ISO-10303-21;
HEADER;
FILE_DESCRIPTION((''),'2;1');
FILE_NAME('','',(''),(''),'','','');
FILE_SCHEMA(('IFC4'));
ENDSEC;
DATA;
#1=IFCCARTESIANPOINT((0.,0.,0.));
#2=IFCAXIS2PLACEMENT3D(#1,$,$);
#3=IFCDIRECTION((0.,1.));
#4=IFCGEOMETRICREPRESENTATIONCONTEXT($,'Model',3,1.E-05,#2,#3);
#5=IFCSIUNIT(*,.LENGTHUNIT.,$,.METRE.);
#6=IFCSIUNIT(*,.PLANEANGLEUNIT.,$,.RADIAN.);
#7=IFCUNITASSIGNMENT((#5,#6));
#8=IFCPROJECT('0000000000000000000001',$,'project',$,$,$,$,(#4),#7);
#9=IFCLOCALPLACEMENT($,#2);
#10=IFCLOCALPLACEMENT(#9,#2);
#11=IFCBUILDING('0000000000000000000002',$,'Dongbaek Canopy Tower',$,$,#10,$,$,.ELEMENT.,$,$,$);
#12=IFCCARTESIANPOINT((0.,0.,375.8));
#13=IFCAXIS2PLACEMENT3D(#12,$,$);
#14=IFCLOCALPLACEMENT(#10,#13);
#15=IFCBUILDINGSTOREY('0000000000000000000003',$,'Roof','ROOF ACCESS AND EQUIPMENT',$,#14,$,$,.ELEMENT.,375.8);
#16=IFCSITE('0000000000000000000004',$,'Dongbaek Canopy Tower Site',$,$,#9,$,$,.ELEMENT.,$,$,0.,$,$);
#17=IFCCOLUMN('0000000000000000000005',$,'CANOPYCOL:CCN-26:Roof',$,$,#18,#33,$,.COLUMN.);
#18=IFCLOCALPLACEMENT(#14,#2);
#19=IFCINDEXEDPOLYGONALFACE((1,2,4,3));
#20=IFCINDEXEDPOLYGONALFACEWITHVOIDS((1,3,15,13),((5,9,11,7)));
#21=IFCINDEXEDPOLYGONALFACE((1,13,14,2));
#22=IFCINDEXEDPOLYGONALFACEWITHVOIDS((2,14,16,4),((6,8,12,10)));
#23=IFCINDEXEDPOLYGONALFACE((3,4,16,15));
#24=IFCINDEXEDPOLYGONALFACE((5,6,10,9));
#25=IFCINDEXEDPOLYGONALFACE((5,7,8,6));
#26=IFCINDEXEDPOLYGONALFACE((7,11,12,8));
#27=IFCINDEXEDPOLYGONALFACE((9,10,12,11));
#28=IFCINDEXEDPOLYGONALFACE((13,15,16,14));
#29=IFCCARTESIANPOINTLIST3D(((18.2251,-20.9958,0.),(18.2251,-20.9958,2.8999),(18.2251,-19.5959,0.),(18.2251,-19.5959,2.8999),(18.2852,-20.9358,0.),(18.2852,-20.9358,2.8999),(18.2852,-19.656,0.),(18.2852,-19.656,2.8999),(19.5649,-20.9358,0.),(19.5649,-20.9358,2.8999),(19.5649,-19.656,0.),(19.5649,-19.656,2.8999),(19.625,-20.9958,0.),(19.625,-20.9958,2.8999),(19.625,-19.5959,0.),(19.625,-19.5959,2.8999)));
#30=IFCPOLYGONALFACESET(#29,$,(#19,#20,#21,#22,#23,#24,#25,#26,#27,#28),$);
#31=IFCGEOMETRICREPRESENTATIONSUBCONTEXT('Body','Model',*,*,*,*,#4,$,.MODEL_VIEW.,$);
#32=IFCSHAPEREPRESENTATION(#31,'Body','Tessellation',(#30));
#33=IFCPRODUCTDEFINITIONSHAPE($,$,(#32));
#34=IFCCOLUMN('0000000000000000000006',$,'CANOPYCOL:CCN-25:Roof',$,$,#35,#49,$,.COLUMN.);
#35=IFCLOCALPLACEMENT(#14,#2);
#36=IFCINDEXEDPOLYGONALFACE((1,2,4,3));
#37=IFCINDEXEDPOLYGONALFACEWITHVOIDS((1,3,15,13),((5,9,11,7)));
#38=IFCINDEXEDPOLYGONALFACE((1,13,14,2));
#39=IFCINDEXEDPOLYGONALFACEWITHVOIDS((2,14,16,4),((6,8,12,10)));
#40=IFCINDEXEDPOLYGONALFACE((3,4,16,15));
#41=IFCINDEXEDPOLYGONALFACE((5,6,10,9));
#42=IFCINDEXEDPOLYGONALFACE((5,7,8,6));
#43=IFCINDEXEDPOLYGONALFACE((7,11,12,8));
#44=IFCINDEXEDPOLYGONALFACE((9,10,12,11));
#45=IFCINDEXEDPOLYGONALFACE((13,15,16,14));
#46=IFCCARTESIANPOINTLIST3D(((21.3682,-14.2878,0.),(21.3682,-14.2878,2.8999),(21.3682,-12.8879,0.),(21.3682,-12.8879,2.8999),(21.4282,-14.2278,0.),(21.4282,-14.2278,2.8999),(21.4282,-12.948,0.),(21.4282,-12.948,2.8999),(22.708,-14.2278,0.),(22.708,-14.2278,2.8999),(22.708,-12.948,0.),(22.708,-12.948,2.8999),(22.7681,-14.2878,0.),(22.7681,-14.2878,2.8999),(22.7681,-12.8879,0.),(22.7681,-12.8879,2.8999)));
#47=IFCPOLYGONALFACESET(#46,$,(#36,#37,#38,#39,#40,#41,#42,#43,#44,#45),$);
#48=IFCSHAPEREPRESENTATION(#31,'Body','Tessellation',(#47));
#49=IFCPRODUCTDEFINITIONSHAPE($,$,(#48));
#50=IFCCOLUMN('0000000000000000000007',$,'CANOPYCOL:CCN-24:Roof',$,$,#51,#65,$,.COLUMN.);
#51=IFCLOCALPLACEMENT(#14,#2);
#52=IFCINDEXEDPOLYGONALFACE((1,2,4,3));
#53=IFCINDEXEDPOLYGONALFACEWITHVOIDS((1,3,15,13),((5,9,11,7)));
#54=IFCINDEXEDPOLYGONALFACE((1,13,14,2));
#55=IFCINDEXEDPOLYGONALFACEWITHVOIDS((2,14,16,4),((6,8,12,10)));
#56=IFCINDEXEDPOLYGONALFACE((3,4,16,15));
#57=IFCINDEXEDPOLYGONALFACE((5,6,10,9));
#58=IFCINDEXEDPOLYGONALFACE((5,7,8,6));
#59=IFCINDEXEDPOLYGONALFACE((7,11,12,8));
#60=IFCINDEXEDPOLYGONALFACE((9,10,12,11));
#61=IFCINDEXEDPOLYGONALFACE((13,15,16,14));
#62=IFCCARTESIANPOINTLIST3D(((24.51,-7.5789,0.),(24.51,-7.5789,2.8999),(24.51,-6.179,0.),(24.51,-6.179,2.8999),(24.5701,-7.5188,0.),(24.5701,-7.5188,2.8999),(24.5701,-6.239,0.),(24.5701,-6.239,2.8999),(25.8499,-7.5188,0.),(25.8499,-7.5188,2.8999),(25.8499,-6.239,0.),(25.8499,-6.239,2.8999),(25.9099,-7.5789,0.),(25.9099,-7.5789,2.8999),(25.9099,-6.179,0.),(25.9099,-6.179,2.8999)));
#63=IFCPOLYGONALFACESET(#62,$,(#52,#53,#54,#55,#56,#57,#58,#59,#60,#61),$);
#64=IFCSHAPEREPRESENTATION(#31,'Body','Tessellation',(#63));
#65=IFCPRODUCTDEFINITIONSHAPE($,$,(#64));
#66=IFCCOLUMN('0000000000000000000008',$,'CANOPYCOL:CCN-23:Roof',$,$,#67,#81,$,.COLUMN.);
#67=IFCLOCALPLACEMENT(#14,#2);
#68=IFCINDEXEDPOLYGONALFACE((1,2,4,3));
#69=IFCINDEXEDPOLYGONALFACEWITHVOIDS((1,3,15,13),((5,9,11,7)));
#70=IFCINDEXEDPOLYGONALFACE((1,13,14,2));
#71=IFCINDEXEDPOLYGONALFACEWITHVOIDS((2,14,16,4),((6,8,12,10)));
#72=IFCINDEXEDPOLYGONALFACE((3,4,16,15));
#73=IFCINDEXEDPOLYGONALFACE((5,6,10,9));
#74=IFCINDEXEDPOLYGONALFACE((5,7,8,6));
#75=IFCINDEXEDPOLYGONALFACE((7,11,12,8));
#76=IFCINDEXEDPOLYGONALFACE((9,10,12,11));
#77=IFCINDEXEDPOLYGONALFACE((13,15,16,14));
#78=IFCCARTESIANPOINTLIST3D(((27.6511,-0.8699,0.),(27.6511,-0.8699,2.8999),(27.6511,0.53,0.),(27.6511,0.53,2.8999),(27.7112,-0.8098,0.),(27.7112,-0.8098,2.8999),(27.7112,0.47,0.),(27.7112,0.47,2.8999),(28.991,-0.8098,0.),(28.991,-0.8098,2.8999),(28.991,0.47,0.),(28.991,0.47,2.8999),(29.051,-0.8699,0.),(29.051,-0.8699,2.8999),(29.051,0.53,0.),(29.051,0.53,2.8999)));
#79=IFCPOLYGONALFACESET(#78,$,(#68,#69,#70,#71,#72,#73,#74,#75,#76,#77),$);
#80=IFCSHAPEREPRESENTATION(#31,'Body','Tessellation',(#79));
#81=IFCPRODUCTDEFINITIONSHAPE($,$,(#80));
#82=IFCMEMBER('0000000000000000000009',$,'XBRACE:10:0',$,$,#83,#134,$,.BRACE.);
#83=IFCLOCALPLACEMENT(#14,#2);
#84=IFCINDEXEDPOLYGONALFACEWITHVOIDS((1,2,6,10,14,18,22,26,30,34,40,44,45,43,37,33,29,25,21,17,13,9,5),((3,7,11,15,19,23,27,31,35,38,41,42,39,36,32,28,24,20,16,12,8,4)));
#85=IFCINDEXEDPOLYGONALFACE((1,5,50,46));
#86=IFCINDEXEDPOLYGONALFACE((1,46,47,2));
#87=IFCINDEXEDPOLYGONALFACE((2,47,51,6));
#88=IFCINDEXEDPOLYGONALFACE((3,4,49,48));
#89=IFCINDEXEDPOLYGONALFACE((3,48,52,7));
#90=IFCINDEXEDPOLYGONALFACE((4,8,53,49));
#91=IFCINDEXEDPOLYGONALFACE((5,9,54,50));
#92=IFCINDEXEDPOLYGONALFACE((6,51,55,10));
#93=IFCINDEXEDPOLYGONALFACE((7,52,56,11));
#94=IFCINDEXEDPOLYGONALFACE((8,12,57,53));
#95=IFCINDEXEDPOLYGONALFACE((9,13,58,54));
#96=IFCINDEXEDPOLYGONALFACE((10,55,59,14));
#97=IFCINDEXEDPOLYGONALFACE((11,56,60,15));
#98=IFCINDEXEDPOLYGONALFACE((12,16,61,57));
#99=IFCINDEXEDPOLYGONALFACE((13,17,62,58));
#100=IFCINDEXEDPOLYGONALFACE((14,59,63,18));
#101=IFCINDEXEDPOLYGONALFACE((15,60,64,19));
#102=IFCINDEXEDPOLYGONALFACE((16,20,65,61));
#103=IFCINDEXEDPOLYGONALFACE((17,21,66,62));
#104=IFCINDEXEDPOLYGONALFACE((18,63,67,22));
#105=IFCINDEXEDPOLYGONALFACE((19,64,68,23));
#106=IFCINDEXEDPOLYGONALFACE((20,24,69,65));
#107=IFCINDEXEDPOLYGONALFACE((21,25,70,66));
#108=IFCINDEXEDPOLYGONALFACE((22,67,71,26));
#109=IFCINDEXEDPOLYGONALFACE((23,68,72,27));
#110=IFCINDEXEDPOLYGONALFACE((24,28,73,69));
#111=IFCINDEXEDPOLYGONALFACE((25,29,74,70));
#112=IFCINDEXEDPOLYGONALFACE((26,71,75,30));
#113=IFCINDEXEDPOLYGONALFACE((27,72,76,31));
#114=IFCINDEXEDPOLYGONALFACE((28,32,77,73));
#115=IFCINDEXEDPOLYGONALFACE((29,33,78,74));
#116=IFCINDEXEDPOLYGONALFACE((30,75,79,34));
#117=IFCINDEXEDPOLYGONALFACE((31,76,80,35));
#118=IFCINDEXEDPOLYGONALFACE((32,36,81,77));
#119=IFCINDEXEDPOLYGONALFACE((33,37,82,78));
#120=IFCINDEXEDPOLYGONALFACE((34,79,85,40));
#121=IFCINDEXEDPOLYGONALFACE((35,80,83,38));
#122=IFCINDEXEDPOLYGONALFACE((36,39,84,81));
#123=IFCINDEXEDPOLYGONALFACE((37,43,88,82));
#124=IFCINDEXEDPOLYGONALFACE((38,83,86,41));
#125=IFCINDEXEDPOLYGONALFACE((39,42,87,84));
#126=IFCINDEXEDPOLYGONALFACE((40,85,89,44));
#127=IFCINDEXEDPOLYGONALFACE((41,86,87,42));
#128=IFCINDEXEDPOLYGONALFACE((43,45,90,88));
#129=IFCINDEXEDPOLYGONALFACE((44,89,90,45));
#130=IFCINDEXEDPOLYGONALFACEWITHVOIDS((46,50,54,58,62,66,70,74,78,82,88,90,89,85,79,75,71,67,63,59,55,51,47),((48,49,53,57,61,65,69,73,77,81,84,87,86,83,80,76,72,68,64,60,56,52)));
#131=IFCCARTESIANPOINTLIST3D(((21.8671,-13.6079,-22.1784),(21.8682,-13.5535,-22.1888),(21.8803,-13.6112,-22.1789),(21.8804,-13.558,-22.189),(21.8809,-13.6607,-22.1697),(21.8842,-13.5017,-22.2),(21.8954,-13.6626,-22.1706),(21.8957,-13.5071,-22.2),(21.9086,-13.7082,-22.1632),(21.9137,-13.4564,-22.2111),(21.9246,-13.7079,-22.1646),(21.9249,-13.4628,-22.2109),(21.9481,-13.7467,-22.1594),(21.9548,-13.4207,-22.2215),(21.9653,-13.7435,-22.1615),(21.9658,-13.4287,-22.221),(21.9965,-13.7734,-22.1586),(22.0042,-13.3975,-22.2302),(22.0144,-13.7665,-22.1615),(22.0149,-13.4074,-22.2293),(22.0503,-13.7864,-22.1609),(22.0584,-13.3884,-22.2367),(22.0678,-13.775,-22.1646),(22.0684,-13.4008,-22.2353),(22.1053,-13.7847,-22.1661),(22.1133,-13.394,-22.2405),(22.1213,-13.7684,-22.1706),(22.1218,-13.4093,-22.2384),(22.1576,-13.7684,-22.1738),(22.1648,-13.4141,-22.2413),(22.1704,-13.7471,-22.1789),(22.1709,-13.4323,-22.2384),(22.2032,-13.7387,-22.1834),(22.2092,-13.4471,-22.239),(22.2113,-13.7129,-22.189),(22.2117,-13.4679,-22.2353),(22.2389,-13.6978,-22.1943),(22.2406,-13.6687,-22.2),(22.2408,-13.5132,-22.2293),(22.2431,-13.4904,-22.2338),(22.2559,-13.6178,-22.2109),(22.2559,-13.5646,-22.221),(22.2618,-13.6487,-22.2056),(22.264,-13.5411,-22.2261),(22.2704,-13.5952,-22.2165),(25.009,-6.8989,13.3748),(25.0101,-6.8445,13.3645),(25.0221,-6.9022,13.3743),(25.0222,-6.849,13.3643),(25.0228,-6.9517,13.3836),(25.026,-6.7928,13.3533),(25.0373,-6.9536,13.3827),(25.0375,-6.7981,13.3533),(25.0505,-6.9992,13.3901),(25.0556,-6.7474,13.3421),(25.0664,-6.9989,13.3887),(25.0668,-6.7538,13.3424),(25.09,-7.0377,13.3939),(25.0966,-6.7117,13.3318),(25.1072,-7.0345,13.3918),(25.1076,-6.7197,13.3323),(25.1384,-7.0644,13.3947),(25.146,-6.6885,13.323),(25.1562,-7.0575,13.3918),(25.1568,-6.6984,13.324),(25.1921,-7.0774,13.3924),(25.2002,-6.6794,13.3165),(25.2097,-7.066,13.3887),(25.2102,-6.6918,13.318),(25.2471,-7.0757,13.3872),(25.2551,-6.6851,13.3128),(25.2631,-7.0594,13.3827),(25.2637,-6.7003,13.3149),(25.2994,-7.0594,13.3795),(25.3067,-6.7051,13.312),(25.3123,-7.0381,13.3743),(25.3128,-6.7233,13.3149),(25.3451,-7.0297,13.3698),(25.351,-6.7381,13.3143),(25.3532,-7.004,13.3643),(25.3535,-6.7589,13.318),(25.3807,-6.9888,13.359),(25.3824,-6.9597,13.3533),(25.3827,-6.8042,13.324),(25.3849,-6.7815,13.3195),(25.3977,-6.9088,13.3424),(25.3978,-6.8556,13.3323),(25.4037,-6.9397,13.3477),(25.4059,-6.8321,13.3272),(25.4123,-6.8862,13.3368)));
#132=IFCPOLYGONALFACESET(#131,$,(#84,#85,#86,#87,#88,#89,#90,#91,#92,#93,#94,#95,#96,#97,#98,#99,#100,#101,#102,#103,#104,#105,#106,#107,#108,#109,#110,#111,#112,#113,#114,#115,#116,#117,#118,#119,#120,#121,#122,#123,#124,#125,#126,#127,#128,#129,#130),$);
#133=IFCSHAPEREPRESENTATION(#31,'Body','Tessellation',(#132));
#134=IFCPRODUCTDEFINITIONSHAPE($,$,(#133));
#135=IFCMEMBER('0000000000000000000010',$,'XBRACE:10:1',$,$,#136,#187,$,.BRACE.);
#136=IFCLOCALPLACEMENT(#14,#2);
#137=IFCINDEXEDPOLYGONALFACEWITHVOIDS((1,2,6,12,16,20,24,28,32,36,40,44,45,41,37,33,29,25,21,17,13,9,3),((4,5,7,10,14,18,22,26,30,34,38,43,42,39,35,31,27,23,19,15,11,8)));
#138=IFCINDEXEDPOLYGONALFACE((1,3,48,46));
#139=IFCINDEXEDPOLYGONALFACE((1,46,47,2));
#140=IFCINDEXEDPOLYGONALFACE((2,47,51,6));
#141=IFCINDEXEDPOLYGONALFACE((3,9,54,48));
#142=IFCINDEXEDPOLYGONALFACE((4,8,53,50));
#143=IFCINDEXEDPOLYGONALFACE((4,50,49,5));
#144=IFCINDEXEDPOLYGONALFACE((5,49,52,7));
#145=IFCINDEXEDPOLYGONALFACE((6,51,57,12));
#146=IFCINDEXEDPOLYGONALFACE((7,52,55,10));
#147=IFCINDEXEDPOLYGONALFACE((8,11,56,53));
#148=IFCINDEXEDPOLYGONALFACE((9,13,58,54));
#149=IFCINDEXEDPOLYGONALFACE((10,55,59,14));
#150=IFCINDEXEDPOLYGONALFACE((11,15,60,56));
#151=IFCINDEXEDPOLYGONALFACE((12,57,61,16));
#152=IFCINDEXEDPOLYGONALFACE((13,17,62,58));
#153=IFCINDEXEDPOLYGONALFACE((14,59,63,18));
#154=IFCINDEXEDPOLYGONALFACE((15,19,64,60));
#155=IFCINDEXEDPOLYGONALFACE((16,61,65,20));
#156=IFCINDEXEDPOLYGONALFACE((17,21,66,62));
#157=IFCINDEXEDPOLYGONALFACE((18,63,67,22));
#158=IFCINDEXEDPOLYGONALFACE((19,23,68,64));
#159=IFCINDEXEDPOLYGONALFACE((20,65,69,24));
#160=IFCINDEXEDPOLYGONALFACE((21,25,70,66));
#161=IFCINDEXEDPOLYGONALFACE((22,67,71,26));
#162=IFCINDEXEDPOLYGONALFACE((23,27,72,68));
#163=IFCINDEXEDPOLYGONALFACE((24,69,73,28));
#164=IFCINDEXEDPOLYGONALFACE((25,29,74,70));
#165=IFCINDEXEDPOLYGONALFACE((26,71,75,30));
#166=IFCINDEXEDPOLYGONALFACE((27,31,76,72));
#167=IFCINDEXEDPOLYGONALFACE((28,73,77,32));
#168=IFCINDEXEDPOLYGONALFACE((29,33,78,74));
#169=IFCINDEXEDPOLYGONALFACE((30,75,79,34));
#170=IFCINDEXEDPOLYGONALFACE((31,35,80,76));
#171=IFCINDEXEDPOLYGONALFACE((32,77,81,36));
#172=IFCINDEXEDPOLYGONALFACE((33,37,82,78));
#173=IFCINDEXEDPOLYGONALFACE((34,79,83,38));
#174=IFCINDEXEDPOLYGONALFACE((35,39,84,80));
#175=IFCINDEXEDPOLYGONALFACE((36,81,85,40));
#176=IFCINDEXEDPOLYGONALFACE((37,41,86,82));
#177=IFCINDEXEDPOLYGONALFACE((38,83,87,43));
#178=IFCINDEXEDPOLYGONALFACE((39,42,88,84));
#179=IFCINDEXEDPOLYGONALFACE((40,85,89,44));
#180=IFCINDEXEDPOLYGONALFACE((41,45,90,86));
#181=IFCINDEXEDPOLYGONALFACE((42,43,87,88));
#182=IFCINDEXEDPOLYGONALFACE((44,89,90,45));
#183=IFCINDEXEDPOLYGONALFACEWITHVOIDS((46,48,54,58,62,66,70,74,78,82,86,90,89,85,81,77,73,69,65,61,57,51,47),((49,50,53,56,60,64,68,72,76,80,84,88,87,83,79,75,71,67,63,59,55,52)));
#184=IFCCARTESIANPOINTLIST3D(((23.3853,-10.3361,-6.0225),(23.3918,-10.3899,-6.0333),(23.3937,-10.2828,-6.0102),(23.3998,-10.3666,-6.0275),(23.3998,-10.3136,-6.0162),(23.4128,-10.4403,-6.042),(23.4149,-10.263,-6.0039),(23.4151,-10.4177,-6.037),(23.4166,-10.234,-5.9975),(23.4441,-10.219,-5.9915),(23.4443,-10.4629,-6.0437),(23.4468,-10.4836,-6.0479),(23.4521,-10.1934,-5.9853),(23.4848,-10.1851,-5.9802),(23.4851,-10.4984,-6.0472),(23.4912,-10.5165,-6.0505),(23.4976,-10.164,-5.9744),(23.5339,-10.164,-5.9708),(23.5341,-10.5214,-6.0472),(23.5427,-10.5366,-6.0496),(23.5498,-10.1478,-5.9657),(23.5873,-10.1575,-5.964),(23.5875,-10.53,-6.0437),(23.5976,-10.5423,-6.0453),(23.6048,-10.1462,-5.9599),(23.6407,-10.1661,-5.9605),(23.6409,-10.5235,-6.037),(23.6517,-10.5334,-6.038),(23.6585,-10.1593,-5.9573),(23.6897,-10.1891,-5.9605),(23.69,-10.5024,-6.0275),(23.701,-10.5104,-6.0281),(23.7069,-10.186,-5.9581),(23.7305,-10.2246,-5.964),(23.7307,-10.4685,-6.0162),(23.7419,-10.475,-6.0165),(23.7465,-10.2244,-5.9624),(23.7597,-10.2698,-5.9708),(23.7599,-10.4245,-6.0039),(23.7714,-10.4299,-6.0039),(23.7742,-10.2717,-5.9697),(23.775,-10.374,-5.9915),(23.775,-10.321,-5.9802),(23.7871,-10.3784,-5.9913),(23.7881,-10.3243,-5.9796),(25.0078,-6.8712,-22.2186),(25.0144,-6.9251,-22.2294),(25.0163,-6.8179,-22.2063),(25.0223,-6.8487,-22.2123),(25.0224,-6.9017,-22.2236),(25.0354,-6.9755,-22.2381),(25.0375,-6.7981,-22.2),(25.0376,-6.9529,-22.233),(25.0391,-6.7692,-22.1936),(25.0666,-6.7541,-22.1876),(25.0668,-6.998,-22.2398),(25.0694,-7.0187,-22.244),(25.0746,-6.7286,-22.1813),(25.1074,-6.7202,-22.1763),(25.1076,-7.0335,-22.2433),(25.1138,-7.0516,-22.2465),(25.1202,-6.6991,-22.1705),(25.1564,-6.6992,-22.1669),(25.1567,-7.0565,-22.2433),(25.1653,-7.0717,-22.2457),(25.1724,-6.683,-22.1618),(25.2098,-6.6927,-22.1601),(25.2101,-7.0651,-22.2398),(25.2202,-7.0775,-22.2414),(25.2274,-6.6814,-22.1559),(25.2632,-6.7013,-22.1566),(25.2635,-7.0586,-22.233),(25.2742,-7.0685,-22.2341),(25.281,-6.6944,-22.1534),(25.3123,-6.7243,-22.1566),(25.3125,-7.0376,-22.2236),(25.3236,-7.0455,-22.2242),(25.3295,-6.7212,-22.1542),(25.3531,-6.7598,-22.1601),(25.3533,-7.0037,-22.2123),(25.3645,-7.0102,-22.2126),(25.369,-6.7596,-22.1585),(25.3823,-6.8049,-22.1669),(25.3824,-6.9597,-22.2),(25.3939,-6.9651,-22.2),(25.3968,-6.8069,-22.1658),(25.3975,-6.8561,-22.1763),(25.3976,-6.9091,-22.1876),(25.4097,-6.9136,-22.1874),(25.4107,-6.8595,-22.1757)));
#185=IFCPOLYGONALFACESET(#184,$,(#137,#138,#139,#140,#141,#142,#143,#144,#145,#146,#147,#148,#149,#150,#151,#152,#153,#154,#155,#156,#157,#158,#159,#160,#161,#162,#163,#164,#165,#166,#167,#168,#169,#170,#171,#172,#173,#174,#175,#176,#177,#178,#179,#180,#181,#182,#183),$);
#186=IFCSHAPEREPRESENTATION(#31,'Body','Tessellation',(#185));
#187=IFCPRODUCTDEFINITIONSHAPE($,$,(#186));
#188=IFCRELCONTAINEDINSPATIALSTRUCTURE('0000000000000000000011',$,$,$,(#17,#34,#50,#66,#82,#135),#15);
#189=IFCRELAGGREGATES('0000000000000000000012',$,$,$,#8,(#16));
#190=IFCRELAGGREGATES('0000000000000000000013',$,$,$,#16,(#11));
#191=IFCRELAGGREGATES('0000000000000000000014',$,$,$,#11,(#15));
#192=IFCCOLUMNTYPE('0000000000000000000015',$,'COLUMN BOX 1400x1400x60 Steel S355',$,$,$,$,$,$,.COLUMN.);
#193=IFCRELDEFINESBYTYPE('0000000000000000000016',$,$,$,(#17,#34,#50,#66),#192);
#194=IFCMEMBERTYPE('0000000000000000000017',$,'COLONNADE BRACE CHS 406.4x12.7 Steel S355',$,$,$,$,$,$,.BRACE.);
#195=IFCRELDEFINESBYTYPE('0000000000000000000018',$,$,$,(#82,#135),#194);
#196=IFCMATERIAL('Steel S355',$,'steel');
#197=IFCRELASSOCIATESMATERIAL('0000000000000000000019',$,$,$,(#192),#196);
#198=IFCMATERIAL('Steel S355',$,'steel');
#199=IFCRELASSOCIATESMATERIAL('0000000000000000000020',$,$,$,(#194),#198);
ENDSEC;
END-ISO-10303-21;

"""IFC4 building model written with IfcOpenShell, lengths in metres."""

from ifc_helpers import new_model, si_unit, direction, frame, origin, origin_2d, place, context, subcontext, project, spatial, hollow_rectangle, hollow_circle, extrude, material, material_profile, profile_set, type_object, element, save


model = new_model("IFC4")

# Units and contexts
model_context = context("Model", 3, precision=1e-05, world=origin(), true_north=direction((0.0, 1.0)))
body_context = subcontext(model_context, "Body", "Model", "MODEL_VIEW")
ifc_project = project(units=[si_unit("LENGTHUNIT", "METRE"), si_unit("PLANEANGLEUNIT", "RADIAN")], contexts=[model_context])

# Site, building, storey
site_placement = place(None, origin())
site = spatial("IfcSite", under=ifc_project, at=site_placement, Name="Dongbaek Canopy Tower Site", CompositionType="ELEMENT", RefElevation=0.0)
building_placement = place(site_placement, origin())
building = spatial("IfcBuilding", under=site, at=building_placement, Name="Dongbaek Canopy Tower", CompositionType="ELEMENT")
storey_placement = place(building_placement, frame((0.0, 0.0, 375.8)))
storey = spatial("IfcBuildingStorey", under=building, at=storey_placement, Name="Roof", Description="ROOF ACCESS AND EQUIPMENT", CompositionType="ELEMENT", Elevation=375.8)

# Columns
ifc_material_1 = material(Name="Steel S355", Category="steel")
ifc_material_profile_1 = material_profile(ifc_material_1, hollow_rectangle(XDim=1.3999, YDim=1.3999, WallThickness=0.0601, at=origin_2d()), Name="COLUMN BOX 1400x1400x60 Steel S355")
ifc_profile_set_1 = profile_set([ifc_material_profile_1], Name="Steel S355")
column_type = type_object("IfcColumnType", Name="COLUMN BOX 1400x1400x60 Steel S355", PredefinedType="COLUMN", material=ifc_profile_set_1)
for number, where, z_axis, x_axis, name in (
    (1, (18.925, -20.2959, 0.0), (0.0, 0.0, 1.0), (1.0, 0.0, 0.0), "CANOPYCOL:CCN-26:Roof"),
    (2, (22.0681, -13.5879, 0.0), (0.0, 0.0, 1.0), (1.0, 0.0, 0.0), "CANOPYCOL:CCN-25:Roof"),
    (3, (25.21, -6.8789, 0.0), (0.0, 0.0, 1.0), (1.0, 0.0, 0.0), "CANOPYCOL:CCN-24:Roof"),
    (4, (28.3511, -0.1699, 0.0), (0.0, 0.0, 1.0), (1.0, 0.0, 0.0), "CANOPYCOL:CCN-23:Roof"),
):
    element("IfcColumn", number, at=place(storey_placement, frame(where, z_axis=z_axis, x_axis=x_axis)), inside=storey, type_object=column_type, Name=name, PredefinedType="COLUMN", context=body_context, shape_type="SweptSolid", body=[
        extrude(hollow_rectangle(XDim=1.3999, YDim=1.3999, WallThickness=0.0601, at=origin_2d()), origin(), (0.0, 0.0, 1.0), 2.8999),
    ])

# Members
ifc_material_2 = material(Name="Steel S355", Category="steel")
ifc_material_profile_2 = material_profile(ifc_material_2, hollow_circle(Radius=0.2031, WallThickness=0.0127, at=origin_2d()), Name="COLONNADE BRACE CHS 406.4x12.7 Steel S355")
ifc_profile_set_2 = profile_set([ifc_material_profile_2], Name="Steel S355")
member_type_1 = type_object("IfcMemberType", Name="COLONNADE BRACE CHS 406.4x12.7 Steel S355", PredefinedType="BRACE", material=ifc_profile_set_2)
member_1_placement = place(storey_placement, frame((22.0681, -13.5879, -22.2), z_axis=(0.086512, 0.184735, 0.978973), x_axis=(-0.905614, 0.424103, 0.0)))
element("IfcMember", 5, at=member_1_placement, inside=storey, type_object=member_type_1, Name="XBRACE:10:0", PredefinedType="BRACE", context=body_context, shape_type="SweptSolid", body=[
    extrude(hollow_circle(Radius=0.2031, WallThickness=0.0127, at=origin_2d()), origin(), (0.0, 0.0, 1.0), 36.3169),
])
member_2_placement = place(storey_placement, frame((25.21, -6.8789, -22.2), z_axis=(-0.097499, -0.208201, 0.973214), x_axis=(0.905618, -0.424094, 0.0)))
element("IfcMember", 6, at=member_2_placement, inside=storey, type_object=member_type_1, Name="XBRACE:10:1", PredefinedType="BRACE", context=body_context, shape_type="SweptSolid", body=[
    extrude(hollow_circle(Radius=0.2031, WallThickness=0.0127, at=origin_2d()), origin(), (0.0, 0.0, 1.0), 16.6418),
])

save(model, "model.ifc")
